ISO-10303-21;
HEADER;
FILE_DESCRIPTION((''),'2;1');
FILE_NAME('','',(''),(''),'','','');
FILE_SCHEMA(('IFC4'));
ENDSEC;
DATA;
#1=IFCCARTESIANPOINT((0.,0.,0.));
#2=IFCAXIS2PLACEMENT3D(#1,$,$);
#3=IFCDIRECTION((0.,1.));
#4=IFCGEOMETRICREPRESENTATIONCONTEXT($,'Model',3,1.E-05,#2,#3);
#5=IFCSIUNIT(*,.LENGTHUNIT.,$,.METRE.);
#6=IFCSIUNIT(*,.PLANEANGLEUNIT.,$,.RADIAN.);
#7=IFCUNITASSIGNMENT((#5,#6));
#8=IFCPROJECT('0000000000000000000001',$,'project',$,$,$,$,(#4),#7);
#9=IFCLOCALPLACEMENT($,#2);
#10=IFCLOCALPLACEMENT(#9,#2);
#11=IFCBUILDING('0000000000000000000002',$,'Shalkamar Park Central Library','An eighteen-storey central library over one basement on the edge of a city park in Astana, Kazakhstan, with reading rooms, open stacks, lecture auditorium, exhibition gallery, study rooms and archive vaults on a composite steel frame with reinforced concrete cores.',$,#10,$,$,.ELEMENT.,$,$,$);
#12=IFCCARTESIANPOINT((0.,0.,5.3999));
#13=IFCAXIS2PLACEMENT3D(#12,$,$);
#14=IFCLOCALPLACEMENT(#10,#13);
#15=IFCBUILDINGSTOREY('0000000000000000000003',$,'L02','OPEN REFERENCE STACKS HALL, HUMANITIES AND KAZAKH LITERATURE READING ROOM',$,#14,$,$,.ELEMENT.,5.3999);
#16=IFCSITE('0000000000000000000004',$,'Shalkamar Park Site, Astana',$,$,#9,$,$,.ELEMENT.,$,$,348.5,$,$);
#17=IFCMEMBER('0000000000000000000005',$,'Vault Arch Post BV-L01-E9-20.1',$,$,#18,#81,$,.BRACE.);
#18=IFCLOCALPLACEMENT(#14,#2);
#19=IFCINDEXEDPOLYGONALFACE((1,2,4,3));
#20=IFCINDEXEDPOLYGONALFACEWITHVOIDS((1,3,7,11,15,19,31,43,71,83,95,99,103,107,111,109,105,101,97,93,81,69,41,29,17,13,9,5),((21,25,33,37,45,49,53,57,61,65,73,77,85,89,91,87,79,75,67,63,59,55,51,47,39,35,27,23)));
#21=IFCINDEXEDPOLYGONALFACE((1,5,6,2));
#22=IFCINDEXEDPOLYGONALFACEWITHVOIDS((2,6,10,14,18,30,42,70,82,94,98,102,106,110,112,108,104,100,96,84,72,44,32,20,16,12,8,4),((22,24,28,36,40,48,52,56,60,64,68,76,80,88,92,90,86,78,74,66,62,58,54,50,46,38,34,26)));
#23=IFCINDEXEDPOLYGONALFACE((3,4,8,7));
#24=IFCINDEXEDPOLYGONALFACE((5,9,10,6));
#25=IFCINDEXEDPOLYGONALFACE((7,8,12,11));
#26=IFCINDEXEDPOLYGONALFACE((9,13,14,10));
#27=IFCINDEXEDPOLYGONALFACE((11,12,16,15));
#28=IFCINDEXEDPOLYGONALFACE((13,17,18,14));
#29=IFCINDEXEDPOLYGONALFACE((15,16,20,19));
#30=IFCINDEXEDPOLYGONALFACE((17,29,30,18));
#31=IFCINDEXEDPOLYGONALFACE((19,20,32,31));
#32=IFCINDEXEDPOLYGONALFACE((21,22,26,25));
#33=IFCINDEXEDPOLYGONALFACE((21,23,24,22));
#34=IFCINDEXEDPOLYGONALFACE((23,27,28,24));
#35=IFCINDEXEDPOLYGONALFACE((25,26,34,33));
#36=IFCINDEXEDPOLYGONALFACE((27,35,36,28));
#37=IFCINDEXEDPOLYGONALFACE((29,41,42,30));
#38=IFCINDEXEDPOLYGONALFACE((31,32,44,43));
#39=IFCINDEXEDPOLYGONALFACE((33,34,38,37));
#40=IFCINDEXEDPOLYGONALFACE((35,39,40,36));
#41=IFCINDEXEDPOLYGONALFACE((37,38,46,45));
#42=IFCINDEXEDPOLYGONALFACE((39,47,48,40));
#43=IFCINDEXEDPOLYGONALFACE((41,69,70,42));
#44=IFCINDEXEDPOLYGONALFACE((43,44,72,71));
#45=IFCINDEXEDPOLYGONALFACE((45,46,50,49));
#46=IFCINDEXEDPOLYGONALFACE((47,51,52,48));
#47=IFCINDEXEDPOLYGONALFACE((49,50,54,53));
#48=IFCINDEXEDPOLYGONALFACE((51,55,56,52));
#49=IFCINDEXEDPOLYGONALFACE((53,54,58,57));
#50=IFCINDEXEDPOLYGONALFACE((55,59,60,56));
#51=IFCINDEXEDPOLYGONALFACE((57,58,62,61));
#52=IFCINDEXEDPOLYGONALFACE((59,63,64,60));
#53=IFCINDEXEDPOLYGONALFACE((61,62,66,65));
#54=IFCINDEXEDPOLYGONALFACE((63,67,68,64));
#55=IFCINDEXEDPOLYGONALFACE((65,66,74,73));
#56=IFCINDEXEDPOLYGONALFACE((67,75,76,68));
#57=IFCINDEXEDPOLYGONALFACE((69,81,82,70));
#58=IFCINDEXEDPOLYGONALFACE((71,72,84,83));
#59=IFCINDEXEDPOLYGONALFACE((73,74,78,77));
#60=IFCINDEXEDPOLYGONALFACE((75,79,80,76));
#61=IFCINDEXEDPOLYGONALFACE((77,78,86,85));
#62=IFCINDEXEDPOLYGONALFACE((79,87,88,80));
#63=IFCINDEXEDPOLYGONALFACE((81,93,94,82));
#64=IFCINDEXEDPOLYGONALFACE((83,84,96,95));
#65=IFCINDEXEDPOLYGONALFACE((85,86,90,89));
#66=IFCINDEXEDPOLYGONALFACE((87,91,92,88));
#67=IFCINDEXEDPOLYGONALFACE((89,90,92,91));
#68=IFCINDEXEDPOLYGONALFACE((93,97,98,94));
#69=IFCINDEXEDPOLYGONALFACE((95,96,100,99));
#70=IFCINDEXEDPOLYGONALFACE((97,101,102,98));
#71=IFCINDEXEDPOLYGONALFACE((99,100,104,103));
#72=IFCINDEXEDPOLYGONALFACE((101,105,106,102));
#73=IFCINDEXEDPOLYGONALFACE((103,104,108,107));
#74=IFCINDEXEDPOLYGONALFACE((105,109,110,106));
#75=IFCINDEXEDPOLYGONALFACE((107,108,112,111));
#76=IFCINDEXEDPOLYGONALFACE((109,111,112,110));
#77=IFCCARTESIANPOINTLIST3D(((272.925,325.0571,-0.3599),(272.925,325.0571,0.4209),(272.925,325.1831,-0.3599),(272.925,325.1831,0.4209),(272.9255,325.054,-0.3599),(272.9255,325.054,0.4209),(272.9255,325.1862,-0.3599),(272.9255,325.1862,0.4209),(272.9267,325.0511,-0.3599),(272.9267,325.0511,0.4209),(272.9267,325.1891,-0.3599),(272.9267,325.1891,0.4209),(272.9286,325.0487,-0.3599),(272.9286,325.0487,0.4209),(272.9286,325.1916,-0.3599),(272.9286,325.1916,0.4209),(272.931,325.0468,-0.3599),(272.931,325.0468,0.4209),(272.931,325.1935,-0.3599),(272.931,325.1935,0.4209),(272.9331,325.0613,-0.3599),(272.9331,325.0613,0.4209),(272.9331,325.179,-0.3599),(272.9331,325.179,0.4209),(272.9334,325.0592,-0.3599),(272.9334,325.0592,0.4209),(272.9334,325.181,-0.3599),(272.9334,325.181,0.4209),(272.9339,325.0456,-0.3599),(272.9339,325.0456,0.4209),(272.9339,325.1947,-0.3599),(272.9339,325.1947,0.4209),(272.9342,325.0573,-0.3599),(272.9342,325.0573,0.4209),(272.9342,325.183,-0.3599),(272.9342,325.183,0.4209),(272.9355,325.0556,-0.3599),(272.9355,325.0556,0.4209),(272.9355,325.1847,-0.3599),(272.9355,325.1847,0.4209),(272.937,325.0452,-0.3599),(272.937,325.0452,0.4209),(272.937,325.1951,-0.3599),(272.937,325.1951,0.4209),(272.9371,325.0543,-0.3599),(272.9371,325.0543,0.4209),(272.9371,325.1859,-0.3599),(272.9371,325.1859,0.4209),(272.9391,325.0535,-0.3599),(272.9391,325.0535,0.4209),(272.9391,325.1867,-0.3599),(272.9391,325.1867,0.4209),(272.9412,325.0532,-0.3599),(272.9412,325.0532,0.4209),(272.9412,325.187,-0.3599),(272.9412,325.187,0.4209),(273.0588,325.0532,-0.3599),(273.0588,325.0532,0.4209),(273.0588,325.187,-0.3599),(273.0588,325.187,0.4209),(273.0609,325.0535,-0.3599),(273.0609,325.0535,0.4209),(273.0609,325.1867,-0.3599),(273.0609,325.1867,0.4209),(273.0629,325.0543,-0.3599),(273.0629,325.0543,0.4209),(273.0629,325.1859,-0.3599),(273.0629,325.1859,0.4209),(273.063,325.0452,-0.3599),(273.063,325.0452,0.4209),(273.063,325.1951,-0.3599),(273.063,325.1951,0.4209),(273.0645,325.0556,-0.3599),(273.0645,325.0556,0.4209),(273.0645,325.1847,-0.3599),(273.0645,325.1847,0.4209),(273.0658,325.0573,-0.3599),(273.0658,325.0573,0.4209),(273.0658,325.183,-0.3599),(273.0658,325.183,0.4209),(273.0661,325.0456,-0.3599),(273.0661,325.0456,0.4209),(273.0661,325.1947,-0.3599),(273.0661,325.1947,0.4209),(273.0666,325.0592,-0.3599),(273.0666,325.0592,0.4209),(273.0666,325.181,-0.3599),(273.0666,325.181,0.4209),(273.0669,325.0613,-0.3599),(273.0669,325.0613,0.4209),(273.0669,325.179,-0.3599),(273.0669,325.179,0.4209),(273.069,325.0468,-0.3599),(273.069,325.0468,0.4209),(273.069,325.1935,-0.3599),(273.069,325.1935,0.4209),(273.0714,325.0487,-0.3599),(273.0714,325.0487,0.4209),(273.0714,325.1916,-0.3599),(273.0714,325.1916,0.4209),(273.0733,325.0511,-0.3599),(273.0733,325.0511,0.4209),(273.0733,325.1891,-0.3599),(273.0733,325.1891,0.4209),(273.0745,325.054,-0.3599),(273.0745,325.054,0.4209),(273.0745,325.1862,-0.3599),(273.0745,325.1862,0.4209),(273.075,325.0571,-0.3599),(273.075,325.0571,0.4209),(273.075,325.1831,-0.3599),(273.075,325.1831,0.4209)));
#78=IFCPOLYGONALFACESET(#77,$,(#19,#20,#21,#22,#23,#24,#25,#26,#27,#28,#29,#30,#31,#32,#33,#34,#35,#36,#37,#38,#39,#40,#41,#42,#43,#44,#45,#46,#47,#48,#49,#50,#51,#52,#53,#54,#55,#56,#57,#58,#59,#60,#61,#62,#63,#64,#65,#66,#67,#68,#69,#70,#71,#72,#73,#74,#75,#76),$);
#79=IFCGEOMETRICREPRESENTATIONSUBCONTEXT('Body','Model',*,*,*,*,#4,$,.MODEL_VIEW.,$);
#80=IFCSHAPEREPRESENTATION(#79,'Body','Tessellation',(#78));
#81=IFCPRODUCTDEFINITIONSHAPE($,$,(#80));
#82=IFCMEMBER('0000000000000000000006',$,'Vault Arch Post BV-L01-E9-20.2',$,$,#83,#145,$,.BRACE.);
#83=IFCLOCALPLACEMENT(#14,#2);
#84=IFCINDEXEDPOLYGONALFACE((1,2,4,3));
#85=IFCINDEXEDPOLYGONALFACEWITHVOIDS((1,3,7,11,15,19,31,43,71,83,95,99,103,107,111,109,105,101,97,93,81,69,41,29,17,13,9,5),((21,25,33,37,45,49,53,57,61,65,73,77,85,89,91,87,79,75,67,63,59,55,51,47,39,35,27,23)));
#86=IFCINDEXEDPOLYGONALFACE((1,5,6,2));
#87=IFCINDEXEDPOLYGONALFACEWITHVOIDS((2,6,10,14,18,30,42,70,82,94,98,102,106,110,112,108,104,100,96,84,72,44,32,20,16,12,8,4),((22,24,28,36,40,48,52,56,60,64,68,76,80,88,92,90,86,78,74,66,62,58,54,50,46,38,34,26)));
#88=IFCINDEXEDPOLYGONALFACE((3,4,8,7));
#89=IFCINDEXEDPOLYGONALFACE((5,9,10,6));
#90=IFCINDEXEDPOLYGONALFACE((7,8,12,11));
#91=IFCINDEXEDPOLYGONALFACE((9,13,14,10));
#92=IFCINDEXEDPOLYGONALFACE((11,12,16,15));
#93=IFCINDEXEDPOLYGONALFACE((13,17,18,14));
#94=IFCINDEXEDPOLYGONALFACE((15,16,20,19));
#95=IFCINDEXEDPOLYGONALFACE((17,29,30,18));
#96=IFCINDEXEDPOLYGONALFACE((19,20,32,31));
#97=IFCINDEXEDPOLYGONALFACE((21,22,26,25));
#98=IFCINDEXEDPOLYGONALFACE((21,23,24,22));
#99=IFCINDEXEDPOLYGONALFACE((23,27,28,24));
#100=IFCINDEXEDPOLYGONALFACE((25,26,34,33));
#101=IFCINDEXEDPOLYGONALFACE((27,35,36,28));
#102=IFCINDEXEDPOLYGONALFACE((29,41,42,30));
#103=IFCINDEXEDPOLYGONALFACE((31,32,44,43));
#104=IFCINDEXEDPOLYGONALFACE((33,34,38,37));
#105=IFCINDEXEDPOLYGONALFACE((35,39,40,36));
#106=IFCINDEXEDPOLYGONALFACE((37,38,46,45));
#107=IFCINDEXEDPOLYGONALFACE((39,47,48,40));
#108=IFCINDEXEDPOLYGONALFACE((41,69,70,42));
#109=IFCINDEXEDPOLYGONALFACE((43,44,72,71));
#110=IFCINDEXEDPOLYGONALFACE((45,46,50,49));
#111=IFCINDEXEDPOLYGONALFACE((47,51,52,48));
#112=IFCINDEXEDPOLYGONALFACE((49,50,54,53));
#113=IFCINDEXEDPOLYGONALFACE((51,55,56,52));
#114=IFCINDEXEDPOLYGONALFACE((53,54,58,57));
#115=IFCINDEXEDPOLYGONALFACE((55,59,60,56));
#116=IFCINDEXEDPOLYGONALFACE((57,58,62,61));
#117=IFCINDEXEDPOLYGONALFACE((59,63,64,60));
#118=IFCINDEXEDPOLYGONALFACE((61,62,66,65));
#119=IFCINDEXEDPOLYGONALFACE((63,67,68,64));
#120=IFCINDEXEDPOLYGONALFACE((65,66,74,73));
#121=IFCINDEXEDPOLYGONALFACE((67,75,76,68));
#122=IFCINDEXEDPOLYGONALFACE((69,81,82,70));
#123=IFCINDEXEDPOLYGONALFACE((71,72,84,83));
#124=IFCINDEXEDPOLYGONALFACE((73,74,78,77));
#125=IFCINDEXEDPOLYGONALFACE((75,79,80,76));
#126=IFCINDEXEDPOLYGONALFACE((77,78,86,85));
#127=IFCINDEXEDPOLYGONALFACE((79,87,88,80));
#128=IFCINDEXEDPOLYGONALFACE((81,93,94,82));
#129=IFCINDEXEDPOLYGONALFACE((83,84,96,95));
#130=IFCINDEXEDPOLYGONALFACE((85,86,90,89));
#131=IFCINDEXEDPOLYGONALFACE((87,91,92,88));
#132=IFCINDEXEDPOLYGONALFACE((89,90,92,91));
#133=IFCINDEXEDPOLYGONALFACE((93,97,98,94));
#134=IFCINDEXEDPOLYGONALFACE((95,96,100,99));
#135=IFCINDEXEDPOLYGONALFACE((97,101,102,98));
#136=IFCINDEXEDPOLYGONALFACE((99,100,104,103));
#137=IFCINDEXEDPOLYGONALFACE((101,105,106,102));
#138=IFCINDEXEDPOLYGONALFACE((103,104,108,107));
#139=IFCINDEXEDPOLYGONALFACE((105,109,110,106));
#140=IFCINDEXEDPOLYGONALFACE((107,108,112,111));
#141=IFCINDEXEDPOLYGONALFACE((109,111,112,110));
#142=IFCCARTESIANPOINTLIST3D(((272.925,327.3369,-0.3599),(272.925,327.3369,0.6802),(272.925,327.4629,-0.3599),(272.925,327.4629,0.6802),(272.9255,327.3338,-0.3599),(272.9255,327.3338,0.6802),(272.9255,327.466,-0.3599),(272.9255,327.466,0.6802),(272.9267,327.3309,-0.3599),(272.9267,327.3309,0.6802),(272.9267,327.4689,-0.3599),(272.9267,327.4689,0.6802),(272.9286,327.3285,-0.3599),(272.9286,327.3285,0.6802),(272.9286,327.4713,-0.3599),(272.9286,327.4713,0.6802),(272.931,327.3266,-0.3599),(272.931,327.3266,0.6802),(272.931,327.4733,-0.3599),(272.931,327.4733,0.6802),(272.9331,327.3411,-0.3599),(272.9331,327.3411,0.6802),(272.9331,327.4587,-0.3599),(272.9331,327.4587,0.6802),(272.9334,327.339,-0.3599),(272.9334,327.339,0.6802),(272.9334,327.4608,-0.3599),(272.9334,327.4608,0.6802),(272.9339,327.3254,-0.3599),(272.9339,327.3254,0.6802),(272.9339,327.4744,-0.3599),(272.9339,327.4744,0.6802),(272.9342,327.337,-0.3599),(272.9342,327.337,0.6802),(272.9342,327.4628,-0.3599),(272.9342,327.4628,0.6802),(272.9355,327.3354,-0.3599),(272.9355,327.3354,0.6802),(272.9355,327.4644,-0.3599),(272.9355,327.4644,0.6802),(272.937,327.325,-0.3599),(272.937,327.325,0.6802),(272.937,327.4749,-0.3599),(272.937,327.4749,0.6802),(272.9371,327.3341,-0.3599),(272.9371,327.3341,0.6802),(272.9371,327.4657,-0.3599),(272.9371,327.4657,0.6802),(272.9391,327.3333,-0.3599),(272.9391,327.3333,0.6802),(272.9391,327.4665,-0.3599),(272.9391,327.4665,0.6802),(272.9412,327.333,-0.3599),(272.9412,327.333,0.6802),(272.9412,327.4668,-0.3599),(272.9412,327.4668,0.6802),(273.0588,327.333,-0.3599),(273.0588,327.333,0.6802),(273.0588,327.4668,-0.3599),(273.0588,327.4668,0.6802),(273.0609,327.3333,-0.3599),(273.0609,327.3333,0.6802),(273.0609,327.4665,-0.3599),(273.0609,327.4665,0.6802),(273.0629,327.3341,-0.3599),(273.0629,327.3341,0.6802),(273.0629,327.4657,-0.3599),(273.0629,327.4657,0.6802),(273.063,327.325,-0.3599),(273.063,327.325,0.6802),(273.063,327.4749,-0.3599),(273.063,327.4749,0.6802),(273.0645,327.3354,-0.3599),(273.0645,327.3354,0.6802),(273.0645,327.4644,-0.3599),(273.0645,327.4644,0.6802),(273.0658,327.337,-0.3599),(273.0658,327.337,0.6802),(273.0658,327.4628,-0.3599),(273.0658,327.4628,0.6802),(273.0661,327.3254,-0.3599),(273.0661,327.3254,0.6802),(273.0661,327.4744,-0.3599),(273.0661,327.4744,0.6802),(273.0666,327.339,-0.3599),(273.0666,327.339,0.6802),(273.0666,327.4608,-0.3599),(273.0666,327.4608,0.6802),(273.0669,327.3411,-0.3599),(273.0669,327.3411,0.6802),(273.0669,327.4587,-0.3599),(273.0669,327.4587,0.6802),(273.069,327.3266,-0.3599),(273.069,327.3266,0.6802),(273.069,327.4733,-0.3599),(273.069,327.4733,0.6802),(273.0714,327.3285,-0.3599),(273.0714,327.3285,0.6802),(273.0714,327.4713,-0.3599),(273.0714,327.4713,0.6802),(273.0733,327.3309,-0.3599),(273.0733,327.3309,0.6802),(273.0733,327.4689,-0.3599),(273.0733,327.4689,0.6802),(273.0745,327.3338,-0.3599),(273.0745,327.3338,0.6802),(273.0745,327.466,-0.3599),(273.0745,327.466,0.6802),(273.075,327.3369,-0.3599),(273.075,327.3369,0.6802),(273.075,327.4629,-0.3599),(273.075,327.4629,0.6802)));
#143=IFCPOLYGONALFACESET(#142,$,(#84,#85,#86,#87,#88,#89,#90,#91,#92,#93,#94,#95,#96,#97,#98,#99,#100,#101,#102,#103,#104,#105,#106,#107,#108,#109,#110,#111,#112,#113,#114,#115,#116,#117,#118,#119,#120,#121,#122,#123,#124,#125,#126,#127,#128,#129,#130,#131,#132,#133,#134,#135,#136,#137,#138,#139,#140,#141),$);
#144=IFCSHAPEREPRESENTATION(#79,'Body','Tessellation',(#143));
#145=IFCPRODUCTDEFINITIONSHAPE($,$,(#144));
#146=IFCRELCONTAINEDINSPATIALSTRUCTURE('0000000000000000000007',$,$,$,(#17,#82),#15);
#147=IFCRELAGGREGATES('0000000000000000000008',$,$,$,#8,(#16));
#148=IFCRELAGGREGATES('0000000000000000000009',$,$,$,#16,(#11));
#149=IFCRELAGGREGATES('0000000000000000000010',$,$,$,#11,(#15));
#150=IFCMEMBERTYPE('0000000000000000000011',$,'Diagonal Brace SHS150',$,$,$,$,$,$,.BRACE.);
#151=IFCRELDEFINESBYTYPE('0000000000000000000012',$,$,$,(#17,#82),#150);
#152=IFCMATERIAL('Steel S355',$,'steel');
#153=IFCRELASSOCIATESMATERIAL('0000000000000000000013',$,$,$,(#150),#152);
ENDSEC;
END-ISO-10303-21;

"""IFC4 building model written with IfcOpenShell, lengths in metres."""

from ifc_helpers import new_model, si_unit, direction, frame, origin, origin_2d, place, context, subcontext, project, spatial, hollow_rectangle, extrude, material, material_profile, profile_set, type_object, element, save


model = new_model("IFC4")

# Units and contexts
model_context = context("Model", 3, precision=1e-05, world=origin(), true_north=direction((0.0, 1.0)))
body_context = subcontext(model_context, "Body", "Model", "MODEL_VIEW")
ifc_project = project(units=[si_unit("LENGTHUNIT", "METRE"), si_unit("PLANEANGLEUNIT", "RADIAN")], contexts=[model_context])

# Site, building, storey
site_placement = place(None, origin())
site = spatial("IfcSite", under=ifc_project, at=site_placement, Name="Shalkamar Park Site, Astana", CompositionType="ELEMENT", RefElevation=348.5)
building_placement = place(site_placement, origin())
building = spatial("IfcBuilding", under=site, at=building_placement, Name="Shalkamar Park Central Library", Description="An eighteen-storey central library over one basement on the edge of a city park in Astana, Kazakhstan, with reading rooms, open stacks, lecture auditorium, exhibition gallery, study rooms and archive vaults on a composite steel frame with reinforced concrete cores.", CompositionType="ELEMENT")
storey_placement = place(building_placement, frame((0.0, 0.0, 5.3999)))
storey = spatial("IfcBuildingStorey", under=building, at=storey_placement, Name="L02", Description="OPEN REFERENCE STACKS HALL, HUMANITIES AND KAZAKH LITERATURE READING ROOM", CompositionType="ELEMENT", Elevation=5.3999)

# Shared definitions
ifc_material_1 = material(Name="Steel S355", Category="steel")

# Members
ifc_material_profile_1 = material_profile(ifc_material_1, hollow_rectangle(XDim=0.1499, YDim=0.1499, WallThickness=0.0081, InnerFilletRadius=0.0081, OuterFilletRadius=0.012, at=origin_2d()), Name="SHS 150x150x8")
ifc_profile_set_1 = profile_set([ifc_material_profile_1], Name="Steel S355")
member_type_1 = type_object("IfcMemberType", Name="Diagonal Brace SHS150", PredefinedType="BRACE", material=ifc_profile_set_1)
for number, where, z_axis, x_axis, name in (
    (1, (273.0, 325.1201, -0.3599), (0.0, 0.0, 1.0), (1.0, 0.0, 0.0), "Vault Arch Post BV-L01-E9-20.1"),
):
    element("IfcMember", number, at=place(storey_placement, frame(where, z_axis=z_axis, x_axis=x_axis)), inside=storey, type_object=member_type_1, Name=name, PredefinedType="BRACE", context=body_context, shape_type="SweptSolid", body=[
        extrude(hollow_rectangle(XDim=0.1499, YDim=0.1499, WallThickness=0.0081, InnerFilletRadius=0.0081, OuterFilletRadius=0.012, at=origin_2d()), origin(), (0.0, 0.0, 1.0), 0.7808),
    ])
member_1_placement = place(storey_placement, frame((273.0, 327.3999, -0.3599), z_axis=(0.0, 0.0, 1.0), x_axis=(1.0, 0.0, 0.0)))
element("IfcMember", 2, at=member_1_placement, inside=storey, type_object=member_type_1, Name="Vault Arch Post BV-L01-E9-20.2", PredefinedType="BRACE", context=body_context, shape_type="SweptSolid", body=[
    extrude(hollow_rectangle(XDim=0.1499, YDim=0.1499, WallThickness=0.0081, InnerFilletRadius=0.0081, OuterFilletRadius=0.012, at=origin_2d()), origin(), (0.0, 0.0, 1.0), 1.04),
])

save(model, "model.ifc")
